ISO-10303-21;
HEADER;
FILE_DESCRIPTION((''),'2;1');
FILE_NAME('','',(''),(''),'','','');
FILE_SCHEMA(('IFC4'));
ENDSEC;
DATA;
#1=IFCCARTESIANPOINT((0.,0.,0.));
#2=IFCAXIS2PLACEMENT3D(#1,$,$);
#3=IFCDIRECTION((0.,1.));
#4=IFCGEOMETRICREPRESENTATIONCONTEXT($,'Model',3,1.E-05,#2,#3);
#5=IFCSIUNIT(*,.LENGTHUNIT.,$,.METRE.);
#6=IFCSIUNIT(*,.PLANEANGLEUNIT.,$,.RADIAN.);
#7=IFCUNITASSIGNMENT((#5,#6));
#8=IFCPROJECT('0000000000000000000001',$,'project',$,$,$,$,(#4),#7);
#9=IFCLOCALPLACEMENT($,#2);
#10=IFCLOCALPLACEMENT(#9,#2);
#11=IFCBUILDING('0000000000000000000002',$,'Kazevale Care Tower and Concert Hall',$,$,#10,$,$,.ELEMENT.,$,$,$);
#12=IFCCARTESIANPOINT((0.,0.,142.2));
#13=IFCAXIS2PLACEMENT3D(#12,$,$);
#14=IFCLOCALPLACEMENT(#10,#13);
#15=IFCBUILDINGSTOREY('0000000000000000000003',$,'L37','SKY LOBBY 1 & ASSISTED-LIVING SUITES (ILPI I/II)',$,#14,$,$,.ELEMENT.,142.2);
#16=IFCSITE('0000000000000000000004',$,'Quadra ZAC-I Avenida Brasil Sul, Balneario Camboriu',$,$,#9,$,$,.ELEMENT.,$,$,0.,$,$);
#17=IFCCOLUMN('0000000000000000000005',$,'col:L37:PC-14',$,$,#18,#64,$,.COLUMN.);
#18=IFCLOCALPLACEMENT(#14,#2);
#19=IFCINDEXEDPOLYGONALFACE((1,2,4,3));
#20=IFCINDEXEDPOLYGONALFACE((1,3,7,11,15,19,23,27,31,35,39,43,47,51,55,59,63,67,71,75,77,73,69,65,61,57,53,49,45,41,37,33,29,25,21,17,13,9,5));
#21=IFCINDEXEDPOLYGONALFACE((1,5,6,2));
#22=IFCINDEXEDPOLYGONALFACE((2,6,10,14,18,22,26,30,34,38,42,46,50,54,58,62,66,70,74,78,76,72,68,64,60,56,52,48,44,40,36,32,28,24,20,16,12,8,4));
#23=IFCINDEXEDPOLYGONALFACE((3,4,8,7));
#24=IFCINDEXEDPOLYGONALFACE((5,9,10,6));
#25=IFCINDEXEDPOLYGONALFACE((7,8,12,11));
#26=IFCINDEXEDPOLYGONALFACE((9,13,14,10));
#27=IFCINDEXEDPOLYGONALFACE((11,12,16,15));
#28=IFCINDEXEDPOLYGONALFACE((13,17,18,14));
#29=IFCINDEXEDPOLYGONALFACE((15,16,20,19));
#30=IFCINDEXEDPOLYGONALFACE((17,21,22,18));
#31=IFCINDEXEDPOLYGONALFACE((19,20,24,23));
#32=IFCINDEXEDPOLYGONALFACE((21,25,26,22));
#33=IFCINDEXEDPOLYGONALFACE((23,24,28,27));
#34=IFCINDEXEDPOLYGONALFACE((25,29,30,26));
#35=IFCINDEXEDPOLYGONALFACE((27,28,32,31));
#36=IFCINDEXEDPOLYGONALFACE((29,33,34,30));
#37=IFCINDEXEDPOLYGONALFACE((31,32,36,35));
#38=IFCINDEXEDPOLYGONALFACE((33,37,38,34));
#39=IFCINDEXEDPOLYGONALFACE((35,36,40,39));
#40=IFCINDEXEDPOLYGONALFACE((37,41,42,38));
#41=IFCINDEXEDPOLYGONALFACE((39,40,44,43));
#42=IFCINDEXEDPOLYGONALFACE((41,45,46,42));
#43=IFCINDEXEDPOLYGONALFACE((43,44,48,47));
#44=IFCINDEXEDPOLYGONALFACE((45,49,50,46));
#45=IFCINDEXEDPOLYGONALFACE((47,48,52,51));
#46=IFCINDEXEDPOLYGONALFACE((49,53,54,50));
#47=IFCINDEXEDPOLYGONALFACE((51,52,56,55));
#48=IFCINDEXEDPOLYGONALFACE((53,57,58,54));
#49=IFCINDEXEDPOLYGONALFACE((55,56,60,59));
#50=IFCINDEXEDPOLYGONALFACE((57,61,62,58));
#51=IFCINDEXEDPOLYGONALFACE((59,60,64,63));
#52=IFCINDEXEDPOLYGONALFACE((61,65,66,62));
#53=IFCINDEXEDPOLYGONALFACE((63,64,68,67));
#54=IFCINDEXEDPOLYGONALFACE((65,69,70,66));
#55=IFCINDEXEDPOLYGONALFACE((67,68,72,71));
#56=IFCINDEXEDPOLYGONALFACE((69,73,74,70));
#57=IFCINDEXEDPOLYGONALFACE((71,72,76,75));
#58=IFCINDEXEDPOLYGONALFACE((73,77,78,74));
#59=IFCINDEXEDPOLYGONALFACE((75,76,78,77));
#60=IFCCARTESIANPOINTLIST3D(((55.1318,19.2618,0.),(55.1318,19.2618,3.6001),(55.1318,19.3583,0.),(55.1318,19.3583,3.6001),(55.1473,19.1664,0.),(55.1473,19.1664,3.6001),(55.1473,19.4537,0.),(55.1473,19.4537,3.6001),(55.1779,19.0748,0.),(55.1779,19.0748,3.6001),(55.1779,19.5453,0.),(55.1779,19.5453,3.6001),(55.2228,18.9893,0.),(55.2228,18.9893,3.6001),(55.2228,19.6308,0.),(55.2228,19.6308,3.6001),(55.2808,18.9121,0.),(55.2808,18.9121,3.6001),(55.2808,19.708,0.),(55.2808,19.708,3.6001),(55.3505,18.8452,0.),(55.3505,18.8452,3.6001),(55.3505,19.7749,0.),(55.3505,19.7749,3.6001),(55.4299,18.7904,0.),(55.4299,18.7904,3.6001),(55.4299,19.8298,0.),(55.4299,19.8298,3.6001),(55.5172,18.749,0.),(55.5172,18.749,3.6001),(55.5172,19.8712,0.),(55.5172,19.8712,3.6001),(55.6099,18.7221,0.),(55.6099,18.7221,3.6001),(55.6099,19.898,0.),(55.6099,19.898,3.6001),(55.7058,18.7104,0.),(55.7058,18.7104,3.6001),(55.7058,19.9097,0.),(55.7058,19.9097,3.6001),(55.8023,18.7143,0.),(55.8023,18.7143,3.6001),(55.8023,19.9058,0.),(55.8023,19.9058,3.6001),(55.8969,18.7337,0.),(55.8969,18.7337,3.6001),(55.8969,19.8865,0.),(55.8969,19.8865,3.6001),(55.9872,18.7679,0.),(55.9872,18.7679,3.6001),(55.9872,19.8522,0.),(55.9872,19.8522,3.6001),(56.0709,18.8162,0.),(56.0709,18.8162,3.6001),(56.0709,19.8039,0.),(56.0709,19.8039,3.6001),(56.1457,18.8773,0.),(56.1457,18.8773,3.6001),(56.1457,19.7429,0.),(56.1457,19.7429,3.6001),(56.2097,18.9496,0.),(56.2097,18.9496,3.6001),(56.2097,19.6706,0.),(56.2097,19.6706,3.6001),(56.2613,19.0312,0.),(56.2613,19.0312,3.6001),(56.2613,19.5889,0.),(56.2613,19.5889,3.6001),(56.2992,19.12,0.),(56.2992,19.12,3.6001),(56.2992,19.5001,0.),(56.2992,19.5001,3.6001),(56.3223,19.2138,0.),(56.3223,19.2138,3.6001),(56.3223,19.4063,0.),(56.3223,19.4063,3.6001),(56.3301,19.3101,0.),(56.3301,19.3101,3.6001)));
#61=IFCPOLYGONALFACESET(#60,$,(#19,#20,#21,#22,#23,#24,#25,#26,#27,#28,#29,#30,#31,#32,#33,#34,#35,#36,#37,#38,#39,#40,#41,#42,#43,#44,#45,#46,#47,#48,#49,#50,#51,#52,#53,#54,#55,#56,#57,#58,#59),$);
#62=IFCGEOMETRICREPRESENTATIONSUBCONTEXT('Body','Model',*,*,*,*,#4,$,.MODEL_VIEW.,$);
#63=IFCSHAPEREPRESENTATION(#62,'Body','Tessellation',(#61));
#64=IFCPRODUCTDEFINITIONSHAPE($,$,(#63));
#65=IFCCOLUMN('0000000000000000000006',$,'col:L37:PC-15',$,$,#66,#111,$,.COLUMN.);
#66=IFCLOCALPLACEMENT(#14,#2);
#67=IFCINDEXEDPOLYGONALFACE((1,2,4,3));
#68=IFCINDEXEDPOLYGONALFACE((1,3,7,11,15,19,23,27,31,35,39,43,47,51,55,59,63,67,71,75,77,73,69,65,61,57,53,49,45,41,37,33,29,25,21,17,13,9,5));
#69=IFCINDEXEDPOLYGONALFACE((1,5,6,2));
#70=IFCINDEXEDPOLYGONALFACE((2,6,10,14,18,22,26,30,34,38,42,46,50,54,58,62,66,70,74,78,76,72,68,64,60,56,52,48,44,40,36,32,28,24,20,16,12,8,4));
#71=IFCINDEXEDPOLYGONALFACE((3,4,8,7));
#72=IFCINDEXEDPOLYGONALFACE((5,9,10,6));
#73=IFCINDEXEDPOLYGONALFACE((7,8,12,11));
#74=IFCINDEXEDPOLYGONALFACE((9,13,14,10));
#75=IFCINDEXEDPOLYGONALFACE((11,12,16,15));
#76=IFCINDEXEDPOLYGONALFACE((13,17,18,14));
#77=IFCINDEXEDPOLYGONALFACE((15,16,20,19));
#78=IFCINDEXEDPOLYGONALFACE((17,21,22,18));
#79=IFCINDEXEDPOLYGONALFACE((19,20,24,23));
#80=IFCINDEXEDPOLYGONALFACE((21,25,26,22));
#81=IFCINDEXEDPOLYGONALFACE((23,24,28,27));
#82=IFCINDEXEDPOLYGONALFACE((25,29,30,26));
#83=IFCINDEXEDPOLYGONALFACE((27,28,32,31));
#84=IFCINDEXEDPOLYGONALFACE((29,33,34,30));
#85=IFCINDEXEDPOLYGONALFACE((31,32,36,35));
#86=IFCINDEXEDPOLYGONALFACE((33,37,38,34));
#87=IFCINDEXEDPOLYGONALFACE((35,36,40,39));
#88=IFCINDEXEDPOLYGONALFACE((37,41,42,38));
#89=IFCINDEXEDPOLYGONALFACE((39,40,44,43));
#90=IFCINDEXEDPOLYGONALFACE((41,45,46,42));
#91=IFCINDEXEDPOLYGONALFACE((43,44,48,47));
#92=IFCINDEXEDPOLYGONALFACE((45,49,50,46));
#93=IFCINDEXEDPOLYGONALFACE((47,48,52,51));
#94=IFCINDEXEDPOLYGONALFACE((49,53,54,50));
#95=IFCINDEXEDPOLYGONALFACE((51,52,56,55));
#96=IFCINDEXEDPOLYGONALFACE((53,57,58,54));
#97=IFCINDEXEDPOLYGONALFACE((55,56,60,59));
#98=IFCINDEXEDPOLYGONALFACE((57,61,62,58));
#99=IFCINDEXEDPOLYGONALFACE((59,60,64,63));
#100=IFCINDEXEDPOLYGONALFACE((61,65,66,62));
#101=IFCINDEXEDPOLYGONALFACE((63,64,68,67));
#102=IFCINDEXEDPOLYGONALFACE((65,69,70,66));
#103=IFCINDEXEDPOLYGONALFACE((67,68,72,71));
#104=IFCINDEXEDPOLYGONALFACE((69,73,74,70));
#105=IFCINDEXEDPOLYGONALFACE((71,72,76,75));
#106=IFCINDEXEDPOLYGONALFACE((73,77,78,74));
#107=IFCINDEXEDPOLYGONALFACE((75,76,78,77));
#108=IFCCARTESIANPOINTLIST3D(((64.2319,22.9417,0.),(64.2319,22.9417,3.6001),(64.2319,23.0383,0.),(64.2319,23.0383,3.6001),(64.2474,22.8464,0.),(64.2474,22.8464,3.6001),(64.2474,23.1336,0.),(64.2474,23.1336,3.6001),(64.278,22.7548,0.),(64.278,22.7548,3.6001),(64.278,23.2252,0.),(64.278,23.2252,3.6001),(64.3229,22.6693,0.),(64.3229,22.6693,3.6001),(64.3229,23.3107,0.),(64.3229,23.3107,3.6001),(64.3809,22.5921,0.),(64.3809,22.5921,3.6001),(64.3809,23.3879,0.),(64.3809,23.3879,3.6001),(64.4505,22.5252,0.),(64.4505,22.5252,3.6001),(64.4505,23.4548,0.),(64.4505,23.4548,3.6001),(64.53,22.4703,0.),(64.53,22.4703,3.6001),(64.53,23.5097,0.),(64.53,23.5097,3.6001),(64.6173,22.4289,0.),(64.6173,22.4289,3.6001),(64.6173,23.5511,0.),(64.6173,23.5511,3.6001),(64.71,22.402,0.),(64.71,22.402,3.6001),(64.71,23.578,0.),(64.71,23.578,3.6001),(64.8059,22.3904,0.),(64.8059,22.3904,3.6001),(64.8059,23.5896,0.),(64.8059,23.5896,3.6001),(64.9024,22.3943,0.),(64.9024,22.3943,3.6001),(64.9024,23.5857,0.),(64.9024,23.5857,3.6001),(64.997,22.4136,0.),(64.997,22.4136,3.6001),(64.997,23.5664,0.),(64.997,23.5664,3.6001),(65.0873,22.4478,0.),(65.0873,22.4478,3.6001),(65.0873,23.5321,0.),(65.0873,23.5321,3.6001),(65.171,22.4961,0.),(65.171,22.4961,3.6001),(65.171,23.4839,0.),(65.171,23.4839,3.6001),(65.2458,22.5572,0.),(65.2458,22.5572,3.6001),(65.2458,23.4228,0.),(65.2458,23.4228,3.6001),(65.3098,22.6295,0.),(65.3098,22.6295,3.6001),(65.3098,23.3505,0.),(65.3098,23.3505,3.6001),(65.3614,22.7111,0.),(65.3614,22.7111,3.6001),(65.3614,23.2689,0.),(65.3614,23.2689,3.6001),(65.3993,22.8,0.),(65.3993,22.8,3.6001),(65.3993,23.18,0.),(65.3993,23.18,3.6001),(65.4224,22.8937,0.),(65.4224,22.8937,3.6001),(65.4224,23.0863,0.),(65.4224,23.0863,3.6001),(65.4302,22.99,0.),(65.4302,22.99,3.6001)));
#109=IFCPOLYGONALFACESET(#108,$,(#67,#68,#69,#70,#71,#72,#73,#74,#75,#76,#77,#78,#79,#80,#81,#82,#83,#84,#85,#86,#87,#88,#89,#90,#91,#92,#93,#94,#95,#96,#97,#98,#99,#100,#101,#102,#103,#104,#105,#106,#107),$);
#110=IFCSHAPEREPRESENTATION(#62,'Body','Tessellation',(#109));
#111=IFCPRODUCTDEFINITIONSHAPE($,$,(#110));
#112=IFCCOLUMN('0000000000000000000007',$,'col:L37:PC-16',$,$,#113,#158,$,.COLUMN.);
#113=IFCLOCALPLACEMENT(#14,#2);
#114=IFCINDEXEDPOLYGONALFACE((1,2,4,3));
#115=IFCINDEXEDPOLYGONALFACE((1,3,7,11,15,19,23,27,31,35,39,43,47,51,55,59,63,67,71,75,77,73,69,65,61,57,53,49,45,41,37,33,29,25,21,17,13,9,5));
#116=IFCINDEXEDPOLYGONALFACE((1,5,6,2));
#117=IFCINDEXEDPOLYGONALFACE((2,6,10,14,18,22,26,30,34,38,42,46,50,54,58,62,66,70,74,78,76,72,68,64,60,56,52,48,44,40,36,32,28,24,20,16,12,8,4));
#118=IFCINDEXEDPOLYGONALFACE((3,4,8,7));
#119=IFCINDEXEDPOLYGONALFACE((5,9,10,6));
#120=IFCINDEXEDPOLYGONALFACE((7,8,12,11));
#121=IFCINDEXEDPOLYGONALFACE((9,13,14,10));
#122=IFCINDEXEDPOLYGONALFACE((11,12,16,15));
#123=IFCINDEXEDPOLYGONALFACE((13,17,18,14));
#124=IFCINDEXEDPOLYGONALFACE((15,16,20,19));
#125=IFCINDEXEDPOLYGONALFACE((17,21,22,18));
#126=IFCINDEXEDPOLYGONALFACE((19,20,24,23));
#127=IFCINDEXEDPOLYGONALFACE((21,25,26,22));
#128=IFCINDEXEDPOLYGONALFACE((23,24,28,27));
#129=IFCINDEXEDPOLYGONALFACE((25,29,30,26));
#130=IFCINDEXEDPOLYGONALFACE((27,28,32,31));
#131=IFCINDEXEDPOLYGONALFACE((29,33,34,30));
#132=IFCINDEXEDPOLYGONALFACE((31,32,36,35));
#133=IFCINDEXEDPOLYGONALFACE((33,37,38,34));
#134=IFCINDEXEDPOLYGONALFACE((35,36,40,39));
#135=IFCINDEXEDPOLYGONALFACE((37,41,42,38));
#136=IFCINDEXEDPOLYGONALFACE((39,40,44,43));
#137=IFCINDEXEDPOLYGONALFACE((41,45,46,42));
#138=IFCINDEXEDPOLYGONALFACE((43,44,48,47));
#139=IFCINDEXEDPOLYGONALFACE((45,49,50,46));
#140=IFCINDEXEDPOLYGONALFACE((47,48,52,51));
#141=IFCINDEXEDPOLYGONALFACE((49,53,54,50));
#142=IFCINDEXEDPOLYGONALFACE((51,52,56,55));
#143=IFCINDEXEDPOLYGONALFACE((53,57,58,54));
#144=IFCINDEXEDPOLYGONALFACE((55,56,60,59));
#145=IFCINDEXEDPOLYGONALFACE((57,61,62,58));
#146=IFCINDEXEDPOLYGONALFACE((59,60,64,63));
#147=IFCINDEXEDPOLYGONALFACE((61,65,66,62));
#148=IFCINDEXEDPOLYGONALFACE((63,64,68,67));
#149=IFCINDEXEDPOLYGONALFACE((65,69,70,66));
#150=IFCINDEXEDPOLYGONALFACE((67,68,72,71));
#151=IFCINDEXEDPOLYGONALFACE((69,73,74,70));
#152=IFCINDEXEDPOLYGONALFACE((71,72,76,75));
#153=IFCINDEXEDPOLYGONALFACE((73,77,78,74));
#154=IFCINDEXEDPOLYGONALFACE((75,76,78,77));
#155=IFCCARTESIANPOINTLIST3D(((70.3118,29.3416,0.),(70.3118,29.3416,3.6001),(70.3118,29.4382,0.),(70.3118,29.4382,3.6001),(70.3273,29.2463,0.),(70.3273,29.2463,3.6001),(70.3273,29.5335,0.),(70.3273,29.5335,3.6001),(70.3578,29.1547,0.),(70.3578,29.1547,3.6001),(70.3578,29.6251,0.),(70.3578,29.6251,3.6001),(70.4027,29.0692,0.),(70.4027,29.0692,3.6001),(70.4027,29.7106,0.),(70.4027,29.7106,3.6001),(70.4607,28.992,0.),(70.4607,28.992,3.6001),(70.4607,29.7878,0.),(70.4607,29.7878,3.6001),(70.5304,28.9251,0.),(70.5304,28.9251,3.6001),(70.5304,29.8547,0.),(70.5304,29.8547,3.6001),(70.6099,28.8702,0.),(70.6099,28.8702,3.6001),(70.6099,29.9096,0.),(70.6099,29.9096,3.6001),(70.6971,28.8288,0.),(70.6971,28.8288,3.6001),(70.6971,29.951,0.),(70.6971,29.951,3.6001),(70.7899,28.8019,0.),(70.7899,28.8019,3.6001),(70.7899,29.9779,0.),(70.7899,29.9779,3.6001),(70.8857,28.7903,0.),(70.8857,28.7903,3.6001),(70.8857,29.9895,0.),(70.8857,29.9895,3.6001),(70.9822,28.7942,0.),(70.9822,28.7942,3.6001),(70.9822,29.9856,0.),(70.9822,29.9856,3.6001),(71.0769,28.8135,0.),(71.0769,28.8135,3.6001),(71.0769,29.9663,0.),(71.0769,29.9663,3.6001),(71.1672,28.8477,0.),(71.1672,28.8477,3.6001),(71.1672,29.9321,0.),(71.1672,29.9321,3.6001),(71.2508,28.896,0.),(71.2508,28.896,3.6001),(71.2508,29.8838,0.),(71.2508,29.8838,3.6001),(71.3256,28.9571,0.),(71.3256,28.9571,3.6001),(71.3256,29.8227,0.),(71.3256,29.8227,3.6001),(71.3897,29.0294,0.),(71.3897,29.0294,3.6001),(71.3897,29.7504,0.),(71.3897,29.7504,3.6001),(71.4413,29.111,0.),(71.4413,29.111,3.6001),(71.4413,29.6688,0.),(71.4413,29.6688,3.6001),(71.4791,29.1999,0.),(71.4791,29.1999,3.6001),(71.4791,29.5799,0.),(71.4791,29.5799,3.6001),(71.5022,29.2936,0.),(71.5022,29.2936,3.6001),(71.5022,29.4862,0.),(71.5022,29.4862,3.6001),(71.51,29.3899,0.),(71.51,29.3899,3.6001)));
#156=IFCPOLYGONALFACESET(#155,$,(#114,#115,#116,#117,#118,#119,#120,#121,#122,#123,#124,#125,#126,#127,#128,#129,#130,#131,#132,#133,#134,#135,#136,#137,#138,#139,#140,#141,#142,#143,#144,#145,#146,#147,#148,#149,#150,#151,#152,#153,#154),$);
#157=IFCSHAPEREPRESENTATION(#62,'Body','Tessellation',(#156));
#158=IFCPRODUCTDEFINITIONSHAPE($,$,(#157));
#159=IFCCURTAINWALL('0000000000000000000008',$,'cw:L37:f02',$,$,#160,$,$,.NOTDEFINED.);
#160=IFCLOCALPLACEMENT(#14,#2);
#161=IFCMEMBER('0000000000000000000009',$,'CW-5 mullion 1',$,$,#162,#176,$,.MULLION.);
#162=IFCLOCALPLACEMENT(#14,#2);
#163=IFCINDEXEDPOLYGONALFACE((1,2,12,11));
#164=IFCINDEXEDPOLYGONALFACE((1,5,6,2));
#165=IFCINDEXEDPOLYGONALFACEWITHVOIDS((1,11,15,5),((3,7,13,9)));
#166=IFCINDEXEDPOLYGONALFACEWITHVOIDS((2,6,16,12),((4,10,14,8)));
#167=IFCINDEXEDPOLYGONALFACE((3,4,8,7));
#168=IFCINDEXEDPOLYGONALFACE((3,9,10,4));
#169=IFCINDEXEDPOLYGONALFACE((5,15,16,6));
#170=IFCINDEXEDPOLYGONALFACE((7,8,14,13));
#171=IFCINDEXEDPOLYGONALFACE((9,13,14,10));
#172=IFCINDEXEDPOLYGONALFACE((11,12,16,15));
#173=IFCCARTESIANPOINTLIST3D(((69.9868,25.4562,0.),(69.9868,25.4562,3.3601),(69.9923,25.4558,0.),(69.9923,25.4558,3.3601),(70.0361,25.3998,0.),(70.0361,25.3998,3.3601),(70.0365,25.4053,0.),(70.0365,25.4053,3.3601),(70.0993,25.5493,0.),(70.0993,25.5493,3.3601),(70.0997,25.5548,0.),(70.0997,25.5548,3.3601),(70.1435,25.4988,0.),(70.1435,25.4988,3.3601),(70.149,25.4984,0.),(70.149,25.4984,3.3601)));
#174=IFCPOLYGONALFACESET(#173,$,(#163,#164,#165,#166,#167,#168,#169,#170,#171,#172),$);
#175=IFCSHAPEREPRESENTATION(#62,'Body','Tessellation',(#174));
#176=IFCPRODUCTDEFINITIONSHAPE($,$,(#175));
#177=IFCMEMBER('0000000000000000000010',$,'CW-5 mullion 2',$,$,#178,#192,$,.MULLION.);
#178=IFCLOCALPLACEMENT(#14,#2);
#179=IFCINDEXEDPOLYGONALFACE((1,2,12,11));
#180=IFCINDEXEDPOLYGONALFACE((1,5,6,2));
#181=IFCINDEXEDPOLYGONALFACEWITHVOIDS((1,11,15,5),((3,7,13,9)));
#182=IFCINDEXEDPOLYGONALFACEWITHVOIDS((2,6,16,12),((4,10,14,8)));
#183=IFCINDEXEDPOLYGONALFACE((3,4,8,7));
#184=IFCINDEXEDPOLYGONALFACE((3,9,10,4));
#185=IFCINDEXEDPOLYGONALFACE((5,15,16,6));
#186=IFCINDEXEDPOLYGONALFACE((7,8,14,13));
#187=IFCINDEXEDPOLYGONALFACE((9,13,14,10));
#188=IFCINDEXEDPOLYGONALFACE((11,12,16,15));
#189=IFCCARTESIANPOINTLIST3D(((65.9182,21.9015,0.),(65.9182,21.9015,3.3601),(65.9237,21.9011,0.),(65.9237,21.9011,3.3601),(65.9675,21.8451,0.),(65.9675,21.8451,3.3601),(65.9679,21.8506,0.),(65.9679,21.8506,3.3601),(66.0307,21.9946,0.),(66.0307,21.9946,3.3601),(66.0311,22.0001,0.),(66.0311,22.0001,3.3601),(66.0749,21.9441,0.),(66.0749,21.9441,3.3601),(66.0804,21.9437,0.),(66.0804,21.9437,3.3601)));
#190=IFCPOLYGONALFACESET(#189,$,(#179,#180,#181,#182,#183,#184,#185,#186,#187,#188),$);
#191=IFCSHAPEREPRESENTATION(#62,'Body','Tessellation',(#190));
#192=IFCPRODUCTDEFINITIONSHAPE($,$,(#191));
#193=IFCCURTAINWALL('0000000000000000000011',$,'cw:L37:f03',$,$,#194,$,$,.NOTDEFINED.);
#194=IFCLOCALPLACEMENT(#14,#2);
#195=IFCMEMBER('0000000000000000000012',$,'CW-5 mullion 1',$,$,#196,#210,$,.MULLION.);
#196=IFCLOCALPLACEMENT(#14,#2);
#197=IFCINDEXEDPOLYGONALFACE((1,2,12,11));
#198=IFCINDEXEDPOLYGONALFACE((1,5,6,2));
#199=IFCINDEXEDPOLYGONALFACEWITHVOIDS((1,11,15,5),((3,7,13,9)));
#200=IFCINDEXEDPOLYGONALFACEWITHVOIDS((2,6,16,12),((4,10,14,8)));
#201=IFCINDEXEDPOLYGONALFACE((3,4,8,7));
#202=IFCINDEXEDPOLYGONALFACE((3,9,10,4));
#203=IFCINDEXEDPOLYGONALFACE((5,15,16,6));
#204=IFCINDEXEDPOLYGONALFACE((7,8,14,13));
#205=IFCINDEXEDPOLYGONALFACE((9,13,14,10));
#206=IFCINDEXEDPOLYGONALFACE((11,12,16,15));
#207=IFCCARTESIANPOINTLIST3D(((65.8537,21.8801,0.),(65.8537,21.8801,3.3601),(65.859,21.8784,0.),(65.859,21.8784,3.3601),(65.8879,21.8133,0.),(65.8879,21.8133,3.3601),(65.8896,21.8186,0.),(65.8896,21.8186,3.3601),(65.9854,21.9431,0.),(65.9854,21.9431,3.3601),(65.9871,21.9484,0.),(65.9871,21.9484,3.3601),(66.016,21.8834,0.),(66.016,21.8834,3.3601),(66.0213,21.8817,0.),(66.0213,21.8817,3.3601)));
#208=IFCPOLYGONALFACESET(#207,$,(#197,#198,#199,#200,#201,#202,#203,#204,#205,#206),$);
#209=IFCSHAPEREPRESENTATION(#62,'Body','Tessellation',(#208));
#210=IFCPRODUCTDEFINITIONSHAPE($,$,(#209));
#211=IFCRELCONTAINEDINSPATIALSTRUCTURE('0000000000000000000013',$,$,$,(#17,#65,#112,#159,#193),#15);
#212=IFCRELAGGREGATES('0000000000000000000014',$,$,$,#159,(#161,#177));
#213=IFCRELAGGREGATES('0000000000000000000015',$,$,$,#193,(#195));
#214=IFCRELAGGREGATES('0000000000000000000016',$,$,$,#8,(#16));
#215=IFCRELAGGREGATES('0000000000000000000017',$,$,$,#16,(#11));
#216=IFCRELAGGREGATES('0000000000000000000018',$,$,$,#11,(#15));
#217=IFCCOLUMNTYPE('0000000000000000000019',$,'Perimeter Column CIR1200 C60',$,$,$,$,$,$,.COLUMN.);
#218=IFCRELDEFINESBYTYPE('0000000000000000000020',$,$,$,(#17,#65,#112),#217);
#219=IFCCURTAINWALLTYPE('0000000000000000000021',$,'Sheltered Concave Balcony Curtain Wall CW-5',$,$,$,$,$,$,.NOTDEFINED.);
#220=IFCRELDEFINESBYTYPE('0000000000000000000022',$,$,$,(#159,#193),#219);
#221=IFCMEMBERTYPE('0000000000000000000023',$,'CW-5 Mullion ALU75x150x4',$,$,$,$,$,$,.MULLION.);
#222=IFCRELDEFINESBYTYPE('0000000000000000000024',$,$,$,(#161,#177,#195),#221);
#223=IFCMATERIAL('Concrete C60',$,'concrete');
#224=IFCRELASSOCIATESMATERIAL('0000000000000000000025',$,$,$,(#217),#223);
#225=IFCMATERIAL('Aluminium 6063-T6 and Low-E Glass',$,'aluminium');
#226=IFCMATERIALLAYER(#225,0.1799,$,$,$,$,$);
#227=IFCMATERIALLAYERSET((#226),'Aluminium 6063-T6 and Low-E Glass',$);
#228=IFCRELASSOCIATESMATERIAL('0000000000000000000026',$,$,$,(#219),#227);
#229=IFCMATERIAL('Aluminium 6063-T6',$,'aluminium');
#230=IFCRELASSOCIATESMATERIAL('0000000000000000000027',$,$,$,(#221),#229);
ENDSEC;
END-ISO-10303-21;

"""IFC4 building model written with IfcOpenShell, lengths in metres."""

from ifc_helpers import new_model, si_unit, direction, frame, origin, origin_2d, place, context, subcontext, project, spatial, hollow_rectangle, circle, extrude, material, layer, layer_set, material_profile, profile_set, type_object, element, aggregate, save


model = new_model("IFC4")

# Units and contexts
model_context = context("Model", 3, precision=1e-05, world=origin(), true_north=direction((0.0, 1.0)))
body_context = subcontext(model_context, "Body", "Model", "MODEL_VIEW")
ifc_project = project(units=[si_unit("LENGTHUNIT", "METRE"), si_unit("PLANEANGLEUNIT", "RADIAN")], contexts=[model_context])

# Site, building, storey
site_placement = place(None, origin())
site = spatial("IfcSite", under=ifc_project, at=site_placement, Name="Quadra ZAC-I Avenida Brasil Sul, Balneario Camboriu", CompositionType="ELEMENT", RefElevation=0.0)
building_placement = place(site_placement, origin())
building = spatial("IfcBuilding", under=site, at=building_placement, Name="Kazevale Care Tower and Concert Hall", CompositionType="ELEMENT")
storey_placement = place(building_placement, frame((0.0, 0.0, 142.2)))
storey = spatial("IfcBuildingStorey", under=building, at=storey_placement, Name="L37", Description="SKY LOBBY 1 & ASSISTED-LIVING SUITES (ILPI I/II)", CompositionType="ELEMENT", Elevation=142.2)

# Columns
ifc_material_1 = material(Name="Concrete C60", Category="concrete")
ifc_material_profile_1 = material_profile(ifc_material_1, circle(Radius=0.6001, at=origin_2d()), Name="RC-CIR1200")
ifc_profile_set_1 = profile_set([ifc_material_profile_1], Name="Concrete C60")
column_type = type_object("IfcColumnType", Name="Perimeter Column CIR1200 C60", PredefinedType="COLUMN", material=ifc_profile_set_1)
for number, where, z_axis, x_axis, name in (
    (1, (55.73, 19.3101, 0.0), (0.0, 0.0, 1.0), (1.0, 0.0, 0.0), "col:L37:PC-14"),
    (2, (64.8301, 22.99, 0.0), (0.0, 0.0, 1.0), (1.0, 0.0, 0.0), "col:L37:PC-15"),
    (3, (70.9099, 29.3899, 0.0), (0.0, 0.0, 1.0), (1.0, 0.0, 0.0), "col:L37:PC-16"),
):
    element("IfcColumn", number, at=place(storey_placement, frame(where, z_axis=z_axis, x_axis=x_axis)), inside=storey, type_object=column_type, Name=name, PredefinedType="COLUMN", context=body_context, shape_type="SweptSolid", body=[
        extrude(circle(Radius=0.6001, at=origin_2d()), origin(), (0.0, 0.0, 1.0), 3.6001),
    ])

# Curtain walls, members
ifc_material_2 = material(Name="Aluminium 6063-T6 and Low-E Glass", Category="aluminium")
ifc_layer_1 = layer(ifc_material_2, 0.1799)
ifc_layer_set_1 = layer_set([ifc_layer_1], Name="Aluminium 6063-T6 and Low-E Glass")
curtain_wall_type = type_object("IfcCurtainWallType", Name="Sheltered Concave Balcony Curtain Wall CW-5", PredefinedType="NOTDEFINED", material=ifc_layer_set_1)
curtain_wall_1_placement = place(storey_placement, origin())
curtain_wall_1 = element("IfcCurtainWall", 4, at=curtain_wall_1_placement, inside=storey, type_object=curtain_wall_type, Name="cw:L37:f02", PredefinedType="NOTDEFINED")
ifc_material_3 = material(Name="Aluminium 6063-T6", Category="aluminium")
ifc_material_profile_2 = material_profile(ifc_material_3, hollow_rectangle(XDim=0.075, YDim=0.1499, WallThickness=0.0039, at=origin_2d()), Name="ALU75x150x4")
ifc_profile_set_2 = profile_set([ifc_material_profile_2], Name="Aluminium 6063-T6")
member_type_1 = type_object("IfcMemberType", Name="CW-5 Mullion ALU75x150x4", PredefinedType="MULLION", material=ifc_profile_set_2)
member_1_placement = place(storey_placement, frame((70.0679, 25.4773, 0.0), z_axis=(0.0, 0.0, 1.0), x_axis=(0.657949, -0.753063, 0.0)))
member_1 = element("IfcMember", 5, at=member_1_placement, type_object=member_type_1, Name="CW-5 mullion 1", PredefinedType="MULLION", context=body_context, shape_type="SweptSolid", body=[
    extrude(hollow_rectangle(XDim=0.075, YDim=0.1499, WallThickness=0.0039, at=origin_2d()), origin(), (0.0, 0.0, 1.0), 3.3601),
])
member_2_placement = place(storey_placement, frame((65.9993, 21.9226, 0.0), z_axis=(0.0, 0.0, 1.0), x_axis=(0.657949, -0.753063, 0.0)))
member_2 = element("IfcMember", 6, at=member_2_placement, type_object=member_type_1, Name="CW-5 mullion 2", PredefinedType="MULLION", context=body_context, shape_type="SweptSolid", body=[
    extrude(hollow_rectangle(XDim=0.075, YDim=0.1499, WallThickness=0.0039, at=origin_2d()), origin(), (0.0, 0.0, 1.0), 3.3601),
])
curtain_wall_2_placement = place(storey_placement, origin())
curtain_wall_2 = element("IfcCurtainWall", 7, at=curtain_wall_2_placement, inside=storey, type_object=curtain_wall_type, Name="cw:L37:f03", PredefinedType="NOTDEFINED")
member_3_placement = place(storey_placement, frame((65.9375, 21.8809, 0.0), z_axis=(0.0, 0.0, 1.0), x_axis=(0.455713, -0.890127, 0.0)))
member_3 = element("IfcMember", 8, at=member_3_placement, type_object=member_type_1, Name="CW-5 mullion 1", PredefinedType="MULLION", context=body_context, shape_type="SweptSolid", body=[
    extrude(hollow_rectangle(XDim=0.075, YDim=0.1499, WallThickness=0.0039, at=origin_2d()), origin(), (0.0, 0.0, 1.0), 3.3601),
])

aggregate(curtain_wall_1, [member_1, member_2])
aggregate(curtain_wall_2, [member_3])

save(model, "model.ifc")
